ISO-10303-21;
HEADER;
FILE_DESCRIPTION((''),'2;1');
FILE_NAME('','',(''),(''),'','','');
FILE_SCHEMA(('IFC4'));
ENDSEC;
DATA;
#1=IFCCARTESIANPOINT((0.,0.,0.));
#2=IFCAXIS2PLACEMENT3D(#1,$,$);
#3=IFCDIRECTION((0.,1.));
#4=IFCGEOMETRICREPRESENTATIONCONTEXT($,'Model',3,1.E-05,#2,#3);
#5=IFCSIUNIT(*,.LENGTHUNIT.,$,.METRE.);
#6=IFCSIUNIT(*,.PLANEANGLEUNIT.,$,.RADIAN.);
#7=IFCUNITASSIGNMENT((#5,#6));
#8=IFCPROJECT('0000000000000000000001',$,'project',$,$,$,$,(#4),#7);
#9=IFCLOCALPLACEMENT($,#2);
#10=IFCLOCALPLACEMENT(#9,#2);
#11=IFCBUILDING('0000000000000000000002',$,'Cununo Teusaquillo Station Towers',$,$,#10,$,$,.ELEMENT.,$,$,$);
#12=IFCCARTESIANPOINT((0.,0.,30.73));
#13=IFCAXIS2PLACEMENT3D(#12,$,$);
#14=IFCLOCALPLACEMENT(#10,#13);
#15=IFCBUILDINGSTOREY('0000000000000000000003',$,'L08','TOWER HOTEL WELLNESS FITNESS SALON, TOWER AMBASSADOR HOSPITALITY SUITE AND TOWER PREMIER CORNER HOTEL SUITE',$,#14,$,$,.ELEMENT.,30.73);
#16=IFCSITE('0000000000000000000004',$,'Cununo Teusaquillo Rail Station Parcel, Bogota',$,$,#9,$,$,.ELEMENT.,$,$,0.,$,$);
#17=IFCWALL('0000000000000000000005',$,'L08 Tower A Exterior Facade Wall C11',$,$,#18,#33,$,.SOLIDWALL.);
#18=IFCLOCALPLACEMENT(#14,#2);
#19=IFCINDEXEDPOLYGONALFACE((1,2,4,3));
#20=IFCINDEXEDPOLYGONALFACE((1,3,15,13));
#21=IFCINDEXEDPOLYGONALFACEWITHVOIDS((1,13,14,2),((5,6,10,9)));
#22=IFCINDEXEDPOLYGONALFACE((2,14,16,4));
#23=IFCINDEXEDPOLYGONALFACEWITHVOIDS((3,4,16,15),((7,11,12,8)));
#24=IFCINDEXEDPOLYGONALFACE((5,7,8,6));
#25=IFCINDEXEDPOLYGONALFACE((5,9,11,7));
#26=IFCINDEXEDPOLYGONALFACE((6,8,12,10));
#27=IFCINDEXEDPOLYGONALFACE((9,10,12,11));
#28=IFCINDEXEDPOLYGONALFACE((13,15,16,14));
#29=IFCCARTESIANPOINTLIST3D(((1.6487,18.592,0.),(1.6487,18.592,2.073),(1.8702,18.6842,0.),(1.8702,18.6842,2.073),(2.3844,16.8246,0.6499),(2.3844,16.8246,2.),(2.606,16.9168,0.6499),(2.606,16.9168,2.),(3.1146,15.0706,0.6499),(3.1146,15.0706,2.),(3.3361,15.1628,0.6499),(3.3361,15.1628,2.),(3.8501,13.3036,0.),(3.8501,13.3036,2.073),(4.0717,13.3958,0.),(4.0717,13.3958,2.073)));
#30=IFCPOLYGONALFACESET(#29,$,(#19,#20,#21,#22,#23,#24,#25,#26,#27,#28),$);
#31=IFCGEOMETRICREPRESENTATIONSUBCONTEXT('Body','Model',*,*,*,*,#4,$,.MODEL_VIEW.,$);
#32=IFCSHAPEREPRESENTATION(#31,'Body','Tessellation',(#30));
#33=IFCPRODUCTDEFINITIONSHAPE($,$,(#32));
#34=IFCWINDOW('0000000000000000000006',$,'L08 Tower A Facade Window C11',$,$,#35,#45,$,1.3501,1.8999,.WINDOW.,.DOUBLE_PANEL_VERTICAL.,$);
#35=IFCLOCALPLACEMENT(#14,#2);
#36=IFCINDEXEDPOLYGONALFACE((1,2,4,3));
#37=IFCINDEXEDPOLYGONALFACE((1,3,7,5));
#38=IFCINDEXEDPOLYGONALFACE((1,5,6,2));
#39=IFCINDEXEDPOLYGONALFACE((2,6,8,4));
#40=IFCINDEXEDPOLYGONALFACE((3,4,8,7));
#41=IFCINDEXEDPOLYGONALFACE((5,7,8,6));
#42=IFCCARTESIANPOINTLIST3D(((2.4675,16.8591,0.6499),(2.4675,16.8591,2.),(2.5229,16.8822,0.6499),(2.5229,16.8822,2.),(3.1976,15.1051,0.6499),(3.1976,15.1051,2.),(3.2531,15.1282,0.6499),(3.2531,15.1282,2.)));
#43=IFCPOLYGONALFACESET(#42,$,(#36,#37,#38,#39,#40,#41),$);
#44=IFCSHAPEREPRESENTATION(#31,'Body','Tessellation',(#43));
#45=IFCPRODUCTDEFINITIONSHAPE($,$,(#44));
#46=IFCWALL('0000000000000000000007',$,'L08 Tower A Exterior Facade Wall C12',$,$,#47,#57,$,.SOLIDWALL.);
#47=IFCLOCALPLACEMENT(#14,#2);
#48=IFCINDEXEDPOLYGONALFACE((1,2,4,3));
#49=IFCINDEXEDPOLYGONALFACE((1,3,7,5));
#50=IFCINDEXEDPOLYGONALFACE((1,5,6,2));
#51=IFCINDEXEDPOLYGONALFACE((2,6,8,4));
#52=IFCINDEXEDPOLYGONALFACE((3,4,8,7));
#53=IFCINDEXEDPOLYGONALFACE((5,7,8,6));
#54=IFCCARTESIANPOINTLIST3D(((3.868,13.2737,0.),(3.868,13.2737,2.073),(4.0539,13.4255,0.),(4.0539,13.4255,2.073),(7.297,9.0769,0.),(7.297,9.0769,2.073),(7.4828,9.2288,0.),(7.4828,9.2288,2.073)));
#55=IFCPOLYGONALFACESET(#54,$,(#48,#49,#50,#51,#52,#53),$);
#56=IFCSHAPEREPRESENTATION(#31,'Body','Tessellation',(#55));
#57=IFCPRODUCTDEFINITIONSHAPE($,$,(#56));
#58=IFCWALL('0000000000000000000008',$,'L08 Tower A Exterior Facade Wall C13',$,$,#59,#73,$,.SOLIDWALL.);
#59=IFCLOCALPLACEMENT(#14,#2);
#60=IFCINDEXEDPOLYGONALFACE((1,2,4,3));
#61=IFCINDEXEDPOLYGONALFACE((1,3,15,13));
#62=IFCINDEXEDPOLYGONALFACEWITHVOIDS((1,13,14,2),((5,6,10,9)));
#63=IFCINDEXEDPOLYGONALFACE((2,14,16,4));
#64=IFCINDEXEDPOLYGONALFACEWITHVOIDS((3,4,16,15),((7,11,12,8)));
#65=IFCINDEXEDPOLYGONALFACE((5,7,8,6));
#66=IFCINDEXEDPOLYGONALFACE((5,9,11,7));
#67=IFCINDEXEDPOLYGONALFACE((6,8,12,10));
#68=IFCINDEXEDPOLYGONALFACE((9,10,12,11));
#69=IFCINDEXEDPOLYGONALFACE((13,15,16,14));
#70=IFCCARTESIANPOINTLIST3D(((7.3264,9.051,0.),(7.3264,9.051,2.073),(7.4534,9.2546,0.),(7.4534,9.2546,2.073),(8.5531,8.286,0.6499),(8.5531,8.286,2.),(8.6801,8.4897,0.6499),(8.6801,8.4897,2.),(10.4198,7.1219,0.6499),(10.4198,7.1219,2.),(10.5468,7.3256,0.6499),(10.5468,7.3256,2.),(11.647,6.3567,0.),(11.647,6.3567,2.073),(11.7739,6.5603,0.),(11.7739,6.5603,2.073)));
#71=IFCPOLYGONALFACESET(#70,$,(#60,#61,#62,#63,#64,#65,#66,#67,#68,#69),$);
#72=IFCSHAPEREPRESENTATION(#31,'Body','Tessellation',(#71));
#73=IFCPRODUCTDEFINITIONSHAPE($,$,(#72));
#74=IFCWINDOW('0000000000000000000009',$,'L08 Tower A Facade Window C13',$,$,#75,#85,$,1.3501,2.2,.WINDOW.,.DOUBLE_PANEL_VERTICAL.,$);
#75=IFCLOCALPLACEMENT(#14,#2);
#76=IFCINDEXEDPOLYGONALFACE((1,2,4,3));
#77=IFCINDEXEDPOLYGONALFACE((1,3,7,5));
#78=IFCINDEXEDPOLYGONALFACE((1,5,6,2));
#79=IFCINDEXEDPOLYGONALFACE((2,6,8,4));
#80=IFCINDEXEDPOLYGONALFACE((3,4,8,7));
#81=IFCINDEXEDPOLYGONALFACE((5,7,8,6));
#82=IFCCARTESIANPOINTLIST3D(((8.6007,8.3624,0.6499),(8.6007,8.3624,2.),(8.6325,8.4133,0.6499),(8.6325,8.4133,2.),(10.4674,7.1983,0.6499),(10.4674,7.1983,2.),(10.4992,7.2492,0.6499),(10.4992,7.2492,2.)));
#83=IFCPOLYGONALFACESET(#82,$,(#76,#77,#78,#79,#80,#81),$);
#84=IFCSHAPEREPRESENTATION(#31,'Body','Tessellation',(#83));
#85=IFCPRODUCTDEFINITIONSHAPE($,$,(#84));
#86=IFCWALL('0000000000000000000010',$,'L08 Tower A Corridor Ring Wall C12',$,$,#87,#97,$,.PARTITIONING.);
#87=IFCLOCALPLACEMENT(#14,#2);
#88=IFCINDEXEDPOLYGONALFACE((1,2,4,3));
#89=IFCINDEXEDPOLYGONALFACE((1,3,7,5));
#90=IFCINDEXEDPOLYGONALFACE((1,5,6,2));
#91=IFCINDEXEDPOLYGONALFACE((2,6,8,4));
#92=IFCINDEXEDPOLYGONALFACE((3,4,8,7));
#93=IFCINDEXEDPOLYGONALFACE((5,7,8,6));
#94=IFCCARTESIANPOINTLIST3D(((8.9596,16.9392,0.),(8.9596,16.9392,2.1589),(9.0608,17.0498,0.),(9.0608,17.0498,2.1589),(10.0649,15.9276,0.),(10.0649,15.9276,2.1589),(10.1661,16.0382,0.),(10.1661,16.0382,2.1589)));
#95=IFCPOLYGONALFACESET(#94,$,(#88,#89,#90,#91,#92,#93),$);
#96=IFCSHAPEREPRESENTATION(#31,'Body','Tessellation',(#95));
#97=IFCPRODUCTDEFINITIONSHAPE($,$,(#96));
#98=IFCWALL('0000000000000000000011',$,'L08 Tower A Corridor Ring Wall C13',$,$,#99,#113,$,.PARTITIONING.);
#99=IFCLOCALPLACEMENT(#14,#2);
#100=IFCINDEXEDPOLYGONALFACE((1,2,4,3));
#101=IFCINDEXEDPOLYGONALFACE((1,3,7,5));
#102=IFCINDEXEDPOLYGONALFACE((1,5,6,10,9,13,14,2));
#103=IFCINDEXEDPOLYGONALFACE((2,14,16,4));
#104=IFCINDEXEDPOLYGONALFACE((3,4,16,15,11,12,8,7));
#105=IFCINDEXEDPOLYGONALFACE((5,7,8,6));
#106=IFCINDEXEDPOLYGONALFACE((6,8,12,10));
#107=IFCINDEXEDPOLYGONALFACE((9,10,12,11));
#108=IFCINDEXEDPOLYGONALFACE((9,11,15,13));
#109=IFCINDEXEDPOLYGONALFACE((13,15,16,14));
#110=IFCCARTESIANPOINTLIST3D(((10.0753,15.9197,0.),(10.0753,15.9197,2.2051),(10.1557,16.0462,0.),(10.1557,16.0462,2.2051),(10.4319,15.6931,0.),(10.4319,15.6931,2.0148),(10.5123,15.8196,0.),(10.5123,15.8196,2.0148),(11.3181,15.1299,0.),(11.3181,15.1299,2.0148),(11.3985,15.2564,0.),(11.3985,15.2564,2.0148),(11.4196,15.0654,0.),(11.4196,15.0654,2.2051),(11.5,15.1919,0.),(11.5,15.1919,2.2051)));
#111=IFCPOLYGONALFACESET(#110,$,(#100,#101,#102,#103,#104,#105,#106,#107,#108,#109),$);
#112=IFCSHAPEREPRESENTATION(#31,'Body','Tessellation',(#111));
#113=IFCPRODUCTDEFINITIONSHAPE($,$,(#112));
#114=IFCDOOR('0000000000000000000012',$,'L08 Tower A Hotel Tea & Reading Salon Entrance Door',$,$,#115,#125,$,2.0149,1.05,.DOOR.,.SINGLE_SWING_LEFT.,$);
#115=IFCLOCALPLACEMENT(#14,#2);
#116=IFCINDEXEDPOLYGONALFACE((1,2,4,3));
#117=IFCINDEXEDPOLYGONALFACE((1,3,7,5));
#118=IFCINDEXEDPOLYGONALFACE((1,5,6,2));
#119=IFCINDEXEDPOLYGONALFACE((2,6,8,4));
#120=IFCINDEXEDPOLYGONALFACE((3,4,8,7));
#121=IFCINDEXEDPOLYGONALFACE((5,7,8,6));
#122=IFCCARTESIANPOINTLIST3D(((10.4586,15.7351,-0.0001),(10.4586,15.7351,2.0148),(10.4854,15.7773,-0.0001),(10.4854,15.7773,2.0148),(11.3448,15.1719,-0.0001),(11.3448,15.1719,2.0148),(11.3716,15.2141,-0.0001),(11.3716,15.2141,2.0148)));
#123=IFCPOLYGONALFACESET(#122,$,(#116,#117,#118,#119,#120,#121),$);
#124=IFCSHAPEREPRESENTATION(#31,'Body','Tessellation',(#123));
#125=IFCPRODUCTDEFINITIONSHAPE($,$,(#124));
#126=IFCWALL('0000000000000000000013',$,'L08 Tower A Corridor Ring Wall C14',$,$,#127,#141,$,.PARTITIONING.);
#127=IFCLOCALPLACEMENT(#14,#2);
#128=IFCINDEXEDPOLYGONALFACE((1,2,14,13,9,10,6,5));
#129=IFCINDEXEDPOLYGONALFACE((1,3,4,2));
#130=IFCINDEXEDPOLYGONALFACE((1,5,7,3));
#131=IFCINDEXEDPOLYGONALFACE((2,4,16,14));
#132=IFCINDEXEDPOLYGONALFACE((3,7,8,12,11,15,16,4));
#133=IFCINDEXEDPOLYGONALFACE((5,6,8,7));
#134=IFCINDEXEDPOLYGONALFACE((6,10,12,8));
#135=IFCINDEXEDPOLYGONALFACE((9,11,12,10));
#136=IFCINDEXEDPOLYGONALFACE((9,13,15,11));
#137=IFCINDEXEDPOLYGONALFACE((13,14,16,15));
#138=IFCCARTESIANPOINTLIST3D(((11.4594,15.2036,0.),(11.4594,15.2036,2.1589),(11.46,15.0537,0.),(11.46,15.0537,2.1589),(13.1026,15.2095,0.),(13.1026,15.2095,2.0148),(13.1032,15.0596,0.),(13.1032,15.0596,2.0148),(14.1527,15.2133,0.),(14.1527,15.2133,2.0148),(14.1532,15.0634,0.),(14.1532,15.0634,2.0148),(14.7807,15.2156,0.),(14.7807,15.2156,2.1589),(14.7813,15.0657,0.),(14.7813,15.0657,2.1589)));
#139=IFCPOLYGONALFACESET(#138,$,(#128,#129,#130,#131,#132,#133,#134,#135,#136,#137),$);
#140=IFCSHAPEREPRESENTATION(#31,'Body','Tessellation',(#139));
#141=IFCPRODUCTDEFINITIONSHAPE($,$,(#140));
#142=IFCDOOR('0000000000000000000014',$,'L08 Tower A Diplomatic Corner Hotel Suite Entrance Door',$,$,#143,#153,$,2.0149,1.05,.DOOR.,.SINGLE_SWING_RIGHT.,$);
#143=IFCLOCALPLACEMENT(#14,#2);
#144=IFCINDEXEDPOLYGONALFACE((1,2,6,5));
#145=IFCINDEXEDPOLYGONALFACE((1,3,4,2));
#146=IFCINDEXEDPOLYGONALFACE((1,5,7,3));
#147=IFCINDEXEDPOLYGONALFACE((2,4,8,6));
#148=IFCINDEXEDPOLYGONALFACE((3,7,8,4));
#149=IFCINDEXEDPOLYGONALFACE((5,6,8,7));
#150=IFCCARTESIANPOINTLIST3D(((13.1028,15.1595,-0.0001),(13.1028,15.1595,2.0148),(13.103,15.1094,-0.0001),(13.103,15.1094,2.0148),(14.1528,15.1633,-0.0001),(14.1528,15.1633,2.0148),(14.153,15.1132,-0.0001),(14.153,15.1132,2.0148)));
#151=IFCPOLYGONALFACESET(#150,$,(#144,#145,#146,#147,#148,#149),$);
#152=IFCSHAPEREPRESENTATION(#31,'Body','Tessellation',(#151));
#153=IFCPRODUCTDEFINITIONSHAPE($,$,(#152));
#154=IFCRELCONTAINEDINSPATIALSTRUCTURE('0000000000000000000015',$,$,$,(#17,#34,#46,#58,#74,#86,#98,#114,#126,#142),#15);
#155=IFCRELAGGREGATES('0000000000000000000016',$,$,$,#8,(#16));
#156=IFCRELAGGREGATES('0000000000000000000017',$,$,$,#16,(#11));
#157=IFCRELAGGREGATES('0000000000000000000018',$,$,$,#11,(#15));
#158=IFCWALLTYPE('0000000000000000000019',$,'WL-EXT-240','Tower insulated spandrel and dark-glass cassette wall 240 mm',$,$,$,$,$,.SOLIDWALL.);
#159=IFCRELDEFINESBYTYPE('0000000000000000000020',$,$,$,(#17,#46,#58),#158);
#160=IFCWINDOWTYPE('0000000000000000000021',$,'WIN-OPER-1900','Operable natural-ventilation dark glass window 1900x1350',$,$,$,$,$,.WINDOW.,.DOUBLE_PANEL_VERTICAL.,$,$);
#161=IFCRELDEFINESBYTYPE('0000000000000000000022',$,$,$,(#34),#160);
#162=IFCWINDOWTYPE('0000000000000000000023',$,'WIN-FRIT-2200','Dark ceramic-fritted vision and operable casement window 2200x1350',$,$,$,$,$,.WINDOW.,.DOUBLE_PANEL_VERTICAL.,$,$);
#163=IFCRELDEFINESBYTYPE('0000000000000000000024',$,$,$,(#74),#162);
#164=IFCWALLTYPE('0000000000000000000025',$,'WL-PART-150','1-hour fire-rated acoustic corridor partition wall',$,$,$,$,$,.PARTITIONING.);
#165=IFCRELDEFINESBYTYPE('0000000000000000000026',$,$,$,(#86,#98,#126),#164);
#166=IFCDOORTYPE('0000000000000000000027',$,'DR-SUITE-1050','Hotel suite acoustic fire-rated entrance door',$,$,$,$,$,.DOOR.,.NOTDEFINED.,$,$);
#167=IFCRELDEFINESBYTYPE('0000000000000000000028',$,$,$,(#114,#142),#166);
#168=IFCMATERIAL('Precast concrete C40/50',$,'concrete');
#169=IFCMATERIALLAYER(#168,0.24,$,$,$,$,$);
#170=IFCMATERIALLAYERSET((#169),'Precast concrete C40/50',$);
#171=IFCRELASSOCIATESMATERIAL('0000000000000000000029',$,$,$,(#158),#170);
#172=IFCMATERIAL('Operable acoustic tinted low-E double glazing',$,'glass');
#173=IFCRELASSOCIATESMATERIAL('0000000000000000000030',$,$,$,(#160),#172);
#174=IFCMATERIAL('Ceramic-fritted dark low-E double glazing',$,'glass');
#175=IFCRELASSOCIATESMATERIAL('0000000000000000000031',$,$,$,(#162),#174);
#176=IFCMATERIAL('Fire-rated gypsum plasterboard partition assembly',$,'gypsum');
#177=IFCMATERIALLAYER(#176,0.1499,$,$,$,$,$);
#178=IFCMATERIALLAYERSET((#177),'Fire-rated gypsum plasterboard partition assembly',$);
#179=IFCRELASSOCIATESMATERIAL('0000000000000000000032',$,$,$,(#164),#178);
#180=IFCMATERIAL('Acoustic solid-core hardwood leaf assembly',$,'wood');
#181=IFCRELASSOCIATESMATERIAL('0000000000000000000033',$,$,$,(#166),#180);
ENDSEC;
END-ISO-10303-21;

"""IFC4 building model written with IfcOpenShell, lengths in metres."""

from ifc_helpers import new_model, si_unit, direction, frame, frame_2d, origin, place, context, subcontext, project, spatial, rectangle, extrude, source, transform, mapped, material, layer, layer_set, type_object, element, fill, save


model = new_model("IFC4")

# Units and contexts
model_context = context("Model", 3, precision=1e-05, world=origin(), true_north=direction((0.0, 1.0)))
body_context = subcontext(model_context, "Body", "Model", "MODEL_VIEW")
ifc_project = project(units=[si_unit("LENGTHUNIT", "METRE"), si_unit("PLANEANGLEUNIT", "RADIAN")], contexts=[model_context])

# Site, building, storey
site_placement = place(None, origin())
site = spatial("IfcSite", under=ifc_project, at=site_placement, Name="Cununo Teusaquillo Rail Station Parcel, Bogota", CompositionType="ELEMENT", RefElevation=0.0)
building_placement = place(site_placement, origin())
building = spatial("IfcBuilding", under=site, at=building_placement, Name="Cununo Teusaquillo Station Towers", CompositionType="ELEMENT")
storey_placement = place(building_placement, frame((0.0, 0.0, 30.73)))
storey = spatial("IfcBuildingStorey", under=building, at=storey_placement, Name="L08", Description="TOWER HOTEL WELLNESS FITNESS SALON, TOWER AMBASSADOR HOSPITALITY SUITE AND TOWER PREMIER CORNER HOTEL SUITE", CompositionType="ELEMENT", Elevation=30.73)

# Wall, opening, window
ifc_material_1 = material(Name="Precast concrete C40/50", Category="concrete")
ifc_layer_1 = layer(ifc_material_1, 0.24)
ifc_layer_set_1 = layer_set([ifc_layer_1], Name="Precast concrete C40/50")
wall_type_1 = type_object("IfcWallType", Name="WL-EXT-240", Description="Tower insulated spandrel and dark-glass cassette wall 240 mm", PredefinedType="SOLIDWALL", material=ifc_layer_set_1)
wall_1_placement = place(storey_placement, frame((3.9609, 13.3496, 0.0), z_axis=(0.0, 0.0, 1.0), x_axis=(-0.38431, 0.923204, 0.0)))
wall_1 = element("IfcWall", 1, at=wall_1_placement, inside=storey, type_object=wall_type_1, Name="L08 Tower A Exterior Facade Wall C11", PredefinedType="SOLIDWALL", context=body_context, shape_type="SweptSolid", body=[
    extrude(rectangle(XDim=5.7283, YDim=0.24, at=frame_2d((2.8643, 0.0))), origin(), (0.0, 0.0, 1.0), 2.073),
])
shared_shape_1 = source(origin(), body_context, "Body", "SweptSolid", [
    extrude(rectangle(XDim=1.8999, YDim=1.3501, at=frame_2d((0.95, 0.675))), frame((0.0, 0.1299, 0.0), z_axis=(0.0, -1.0, 0.0), x_axis=(1.0, 0.0, 0.0)), (0.0, 0.0, 1.0), 0.26),
])
opening_1_placement = place(wall_1_placement, frame((1.9141, 0.0, 0.6499)))
opening_1 = element("IfcOpeningElement", 2, at=opening_1_placement, cuts=wall_1, PredefinedType="OPENING", context=body_context, shape_type="MappedRepresentation", body=[
    mapped(shared_shape_1, transform((0.0, 0.0, 0.0), x_axis=(1.0, 0.0, 0.0), y_axis=(0.0, 1.0, 0.0), z_axis=(0.0, 0.0, 1.0), scale=1.0)),
])
ifc_material_2 = material(Name="Operable acoustic tinted low-E double glazing", Category="glass")
window_type_1 = type_object("IfcWindowType", Name="WIN-OPER-1900", Description="Operable natural-ventilation dark glass window 1900x1350", PartitioningType="DOUBLE_PANEL_VERTICAL", PredefinedType="WINDOW", material=ifc_material_2)
shared_shape_2 = source(origin(), body_context, "Body", "SweptSolid", [
    extrude(rectangle(XDim=1.8999, YDim=1.3501, at=frame_2d((0.95, 0.675))), frame((0.0, 0.03, 0.0), z_axis=(0.0, -1.0, 0.0), x_axis=(1.0, 0.0, 0.0)), (0.0, 0.0, 1.0), 0.0601),
])
window_1_placement = place(opening_1_placement, origin())
window_1 = element("IfcWindow", 3, at=window_1_placement, inside=storey, type_object=window_type_1, Name="L08 Tower A Facade Window C11", OverallHeight=1.3501, OverallWidth=1.8999, PartitioningType="DOUBLE_PANEL_VERTICAL", PredefinedType="WINDOW", context=body_context, shape_type="MappedRepresentation", body=[
    mapped(shared_shape_2, transform((0.0, 0.0, 0.0), x_axis=(1.0, 0.0, 0.0), y_axis=(0.0, 1.0, 0.0), z_axis=(0.0, 0.0, 1.0), scale=1.0)),
])
fill(opening_1, window_1)

# Wall
wall_2_placement = place(storey_placement, frame((7.3899, 9.1528, 0.0), z_axis=(0.0, 0.0, 1.0), x_axis=(-0.63271, 0.774389, 0.0)))
element("IfcWall", 4, at=wall_2_placement, inside=storey, type_object=wall_type_1, Name="L08 Tower A Exterior Facade Wall C12", PredefinedType="SOLIDWALL", context=body_context, shape_type="SweptSolid", body=[
    extrude(rectangle(XDim=5.4194, YDim=0.24, at=frame_2d((2.7097, 0.0))), origin(), (0.0, 0.0, 1.0), 2.073),
])

# Wall, opening, window
wall_3_placement = place(storey_placement, frame((11.7104, 6.4585, 0.0), z_axis=(0.0, 0.0, 1.0), x_axis=(-0.848529, 0.52915, 0.0)))
wall_3 = element("IfcWall", 5, at=wall_3_placement, inside=storey, type_object=wall_type_1, Name="L08 Tower A Exterior Facade Wall C13", PredefinedType="SOLIDWALL", context=body_context, shape_type="SweptSolid", body=[
    extrude(rectangle(XDim=5.0918, YDim=0.24, at=frame_2d((2.5459, 0.0))), origin(), (0.0, 0.0, 1.0), 2.073),
])
shared_shape_3 = source(origin(), body_context, "Body", "SweptSolid", [
    extrude(rectangle(XDim=2.2, YDim=1.3501, at=frame_2d((1.1001, 0.675))), frame((0.0, 0.1299, 0.0), z_axis=(0.0, -1.0, 0.0), x_axis=(1.0, 0.0, 0.0)), (0.0, 0.0, 1.0), 0.26),
])
opening_2_placement = place(wall_3_placement, frame((1.446, 0.0, 0.6499)))
opening_2 = element("IfcOpeningElement", 6, at=opening_2_placement, cuts=wall_3, PredefinedType="OPENING", context=body_context, shape_type="MappedRepresentation", body=[
    mapped(shared_shape_3, transform((0.0, 0.0, 0.0), x_axis=(1.0, 0.0, 0.0), y_axis=(0.0, 1.0, 0.0), z_axis=(0.0, 0.0, 1.0), scale=1.0)),
])
ifc_material_3 = material(Name="Ceramic-fritted dark low-E double glazing", Category="glass")
window_type_2 = type_object("IfcWindowType", Name="WIN-FRIT-2200", Description="Dark ceramic-fritted vision and operable casement window 2200x1350", PartitioningType="DOUBLE_PANEL_VERTICAL", PredefinedType="WINDOW", material=ifc_material_3)
shared_shape_4 = source(origin(), body_context, "Body", "SweptSolid", [
    extrude(rectangle(XDim=2.2, YDim=1.3501, at=frame_2d((1.1001, 0.675))), frame((0.0, 0.03, 0.0), z_axis=(0.0, -1.0, 0.0), x_axis=(1.0, 0.0, 0.0)), (0.0, 0.0, 1.0), 0.0601),
])
window_2_placement = place(opening_2_placement, origin())
window_2 = element("IfcWindow", 7, at=window_2_placement, inside=storey, type_object=window_type_2, Name="L08 Tower A Facade Window C13", OverallHeight=1.3501, OverallWidth=2.2, PartitioningType="DOUBLE_PANEL_VERTICAL", PredefinedType="WINDOW", context=body_context, shape_type="MappedRepresentation", body=[
    mapped(shared_shape_4, transform((0.0, 0.0, 0.0), x_axis=(1.0, 0.0, 0.0), y_axis=(0.0, 1.0, 0.0), z_axis=(0.0, 0.0, 1.0), scale=1.0)),
])
fill(opening_2, window_2)

# Wall
ifc_material_4 = material(Name="Fire-rated gypsum plasterboard partition assembly", Category="gypsum")
ifc_layer_2 = layer(ifc_material_4, 0.1499)
ifc_layer_set_2 = layer_set([ifc_layer_2], Name="Fire-rated gypsum plasterboard partition assembly")
wall_type_2 = type_object("IfcWallType", Name="WL-PART-150", Description="1-hour fire-rated acoustic corridor partition wall", PredefinedType="PARTITIONING", material=ifc_layer_set_2)
wall_4_placement = place(storey_placement, frame((9.0103, 16.9944, 0.0), z_axis=(0.0, 0.0, 1.0), x_axis=(0.737702, -0.675127, 0.0)))
element("IfcWall", 8, at=wall_4_placement, inside=storey, type_object=wall_type_2, Name="L08 Tower A Corridor Ring Wall C12", PredefinedType="PARTITIONING", context=body_context, shape_type="SweptSolid", body=[
    extrude(rectangle(XDim=1.4983, YDim=0.1499, at=frame_2d((0.749, 0.0))), origin(), (0.0, 0.0, 1.0), 2.1589),
])

# Walls, openings, doors
wall_5_placement = place(storey_placement, frame((10.1155, 15.9829, 0.0), z_axis=(0.0, 0.0, 1.0), x_axis=(0.843996, -0.53635, 0.0)))
wall_5 = element("IfcWall", 9, at=wall_5_placement, inside=storey, type_object=wall_type_2, Name="L08 Tower A Corridor Ring Wall C13", PredefinedType="PARTITIONING", context=body_context, shape_type="SweptSolid", body=[
    extrude(rectangle(XDim=1.5928, YDim=0.1499, at=frame_2d((0.7964, 0.0))), origin(), (0.0, 0.0, 1.0), 2.2051),
])
shared_shape_5 = source(origin(), body_context, "Body", "SweptSolid", [
    extrude(rectangle(XDim=1.05, YDim=2.0149, at=frame_2d((0.5249, 1.0073))), frame((0.0, 0.085, 0.0), z_axis=(0.0, -1.0, 0.0), x_axis=(1.0, 0.0, 0.0)), (0.0, 0.0, 1.0), 0.1699),
])
opening_3_placement = place(wall_5_placement, frame((0.4226, 0.0, 0.0)))
opening_3 = element("IfcOpeningElement", 10, at=opening_3_placement, cuts=wall_5, PredefinedType="OPENING", context=body_context, shape_type="MappedRepresentation", body=[
    mapped(shared_shape_5, transform((0.0, 0.0, 0.0), x_axis=(1.0, 0.0, 0.0), y_axis=(0.0, 1.0, 0.0), z_axis=(0.0, 0.0, 1.0), scale=1.0)),
])
ifc_material_5 = material(Name="Acoustic solid-core hardwood leaf assembly", Category="wood")
door_type = type_object("IfcDoorType", Name="DR-SUITE-1050", Description="Hotel suite acoustic fire-rated entrance door", OperationType="NOTDEFINED", PredefinedType="DOOR", material=ifc_material_5)
shared_shape_6 = source(origin(), body_context, "Body", "SweptSolid", [
    extrude(rectangle(XDim=1.05, YDim=2.0149, at=frame_2d((0.5249, 1.0073))), frame((0.0, 0.0249, 0.0), z_axis=(0.0, -1.0, 0.0), x_axis=(1.0, 0.0, 0.0)), (0.0, 0.0, 1.0), 0.05),
])
door_1_placement = place(opening_3_placement, origin())
door_1 = element("IfcDoor", 11, at=door_1_placement, inside=storey, type_object=door_type, Name="L08 Tower A Hotel Tea & Reading Salon Entrance Door", OperationType="SINGLE_SWING_LEFT", OverallHeight=2.0149, OverallWidth=1.05, PredefinedType="DOOR", context=body_context, shape_type="MappedRepresentation", body=[
    mapped(shared_shape_6, transform((0.0, 0.0, 0.0), x_axis=(1.0, 0.0, 0.0), y_axis=(0.0, 1.0, 0.0), z_axis=(0.0, 0.0, 1.0), scale=1.0)),
])
fill(opening_3, door_1)
wall_6_placement = place(storey_placement, frame((11.4597, 15.1287, 0.0), z_axis=(0.0, 0.0, 1.0), x_axis=(0.999994, 0.003602, 0.0)))
wall_6 = element("IfcWall", 12, at=wall_6_placement, inside=storey, type_object=wall_type_2, Name="L08 Tower A Corridor Ring Wall C14", PredefinedType="PARTITIONING", context=body_context, shape_type="SweptSolid", body=[
    extrude(rectangle(XDim=3.3213, YDim=0.1499, at=frame_2d((1.6606, 0.0))), origin(), (0.0, 0.0, 1.0), 2.1589),
])
opening_4_placement = place(wall_6_placement, frame((1.6433, 0.0, 0.0)))
opening_4 = element("IfcOpeningElement", 13, at=opening_4_placement, cuts=wall_6, PredefinedType="OPENING", context=body_context, shape_type="MappedRepresentation", body=[
    mapped(shared_shape_5, transform((0.0, 0.0, 0.0), x_axis=(1.0, 0.0, 0.0), y_axis=(0.0, 1.0, 0.0), z_axis=(0.0, 0.0, 1.0), scale=1.0)),
])
door_2_placement = place(opening_4_placement, origin())
door_2 = element("IfcDoor", 14, at=door_2_placement, inside=storey, type_object=door_type, Name="L08 Tower A Diplomatic Corner Hotel Suite Entrance Door", OperationType="SINGLE_SWING_RIGHT", OverallHeight=2.0149, OverallWidth=1.05, PredefinedType="DOOR", context=body_context, shape_type="MappedRepresentation", body=[
    mapped(shared_shape_6, transform((0.0, 0.0, 0.0), x_axis=(1.0, 0.0, 0.0), y_axis=(0.0, 1.0, 0.0), z_axis=(0.0, 0.0, 1.0), scale=1.0)),
])
fill(opening_4, door_2)

save(model, "model.ifc")
